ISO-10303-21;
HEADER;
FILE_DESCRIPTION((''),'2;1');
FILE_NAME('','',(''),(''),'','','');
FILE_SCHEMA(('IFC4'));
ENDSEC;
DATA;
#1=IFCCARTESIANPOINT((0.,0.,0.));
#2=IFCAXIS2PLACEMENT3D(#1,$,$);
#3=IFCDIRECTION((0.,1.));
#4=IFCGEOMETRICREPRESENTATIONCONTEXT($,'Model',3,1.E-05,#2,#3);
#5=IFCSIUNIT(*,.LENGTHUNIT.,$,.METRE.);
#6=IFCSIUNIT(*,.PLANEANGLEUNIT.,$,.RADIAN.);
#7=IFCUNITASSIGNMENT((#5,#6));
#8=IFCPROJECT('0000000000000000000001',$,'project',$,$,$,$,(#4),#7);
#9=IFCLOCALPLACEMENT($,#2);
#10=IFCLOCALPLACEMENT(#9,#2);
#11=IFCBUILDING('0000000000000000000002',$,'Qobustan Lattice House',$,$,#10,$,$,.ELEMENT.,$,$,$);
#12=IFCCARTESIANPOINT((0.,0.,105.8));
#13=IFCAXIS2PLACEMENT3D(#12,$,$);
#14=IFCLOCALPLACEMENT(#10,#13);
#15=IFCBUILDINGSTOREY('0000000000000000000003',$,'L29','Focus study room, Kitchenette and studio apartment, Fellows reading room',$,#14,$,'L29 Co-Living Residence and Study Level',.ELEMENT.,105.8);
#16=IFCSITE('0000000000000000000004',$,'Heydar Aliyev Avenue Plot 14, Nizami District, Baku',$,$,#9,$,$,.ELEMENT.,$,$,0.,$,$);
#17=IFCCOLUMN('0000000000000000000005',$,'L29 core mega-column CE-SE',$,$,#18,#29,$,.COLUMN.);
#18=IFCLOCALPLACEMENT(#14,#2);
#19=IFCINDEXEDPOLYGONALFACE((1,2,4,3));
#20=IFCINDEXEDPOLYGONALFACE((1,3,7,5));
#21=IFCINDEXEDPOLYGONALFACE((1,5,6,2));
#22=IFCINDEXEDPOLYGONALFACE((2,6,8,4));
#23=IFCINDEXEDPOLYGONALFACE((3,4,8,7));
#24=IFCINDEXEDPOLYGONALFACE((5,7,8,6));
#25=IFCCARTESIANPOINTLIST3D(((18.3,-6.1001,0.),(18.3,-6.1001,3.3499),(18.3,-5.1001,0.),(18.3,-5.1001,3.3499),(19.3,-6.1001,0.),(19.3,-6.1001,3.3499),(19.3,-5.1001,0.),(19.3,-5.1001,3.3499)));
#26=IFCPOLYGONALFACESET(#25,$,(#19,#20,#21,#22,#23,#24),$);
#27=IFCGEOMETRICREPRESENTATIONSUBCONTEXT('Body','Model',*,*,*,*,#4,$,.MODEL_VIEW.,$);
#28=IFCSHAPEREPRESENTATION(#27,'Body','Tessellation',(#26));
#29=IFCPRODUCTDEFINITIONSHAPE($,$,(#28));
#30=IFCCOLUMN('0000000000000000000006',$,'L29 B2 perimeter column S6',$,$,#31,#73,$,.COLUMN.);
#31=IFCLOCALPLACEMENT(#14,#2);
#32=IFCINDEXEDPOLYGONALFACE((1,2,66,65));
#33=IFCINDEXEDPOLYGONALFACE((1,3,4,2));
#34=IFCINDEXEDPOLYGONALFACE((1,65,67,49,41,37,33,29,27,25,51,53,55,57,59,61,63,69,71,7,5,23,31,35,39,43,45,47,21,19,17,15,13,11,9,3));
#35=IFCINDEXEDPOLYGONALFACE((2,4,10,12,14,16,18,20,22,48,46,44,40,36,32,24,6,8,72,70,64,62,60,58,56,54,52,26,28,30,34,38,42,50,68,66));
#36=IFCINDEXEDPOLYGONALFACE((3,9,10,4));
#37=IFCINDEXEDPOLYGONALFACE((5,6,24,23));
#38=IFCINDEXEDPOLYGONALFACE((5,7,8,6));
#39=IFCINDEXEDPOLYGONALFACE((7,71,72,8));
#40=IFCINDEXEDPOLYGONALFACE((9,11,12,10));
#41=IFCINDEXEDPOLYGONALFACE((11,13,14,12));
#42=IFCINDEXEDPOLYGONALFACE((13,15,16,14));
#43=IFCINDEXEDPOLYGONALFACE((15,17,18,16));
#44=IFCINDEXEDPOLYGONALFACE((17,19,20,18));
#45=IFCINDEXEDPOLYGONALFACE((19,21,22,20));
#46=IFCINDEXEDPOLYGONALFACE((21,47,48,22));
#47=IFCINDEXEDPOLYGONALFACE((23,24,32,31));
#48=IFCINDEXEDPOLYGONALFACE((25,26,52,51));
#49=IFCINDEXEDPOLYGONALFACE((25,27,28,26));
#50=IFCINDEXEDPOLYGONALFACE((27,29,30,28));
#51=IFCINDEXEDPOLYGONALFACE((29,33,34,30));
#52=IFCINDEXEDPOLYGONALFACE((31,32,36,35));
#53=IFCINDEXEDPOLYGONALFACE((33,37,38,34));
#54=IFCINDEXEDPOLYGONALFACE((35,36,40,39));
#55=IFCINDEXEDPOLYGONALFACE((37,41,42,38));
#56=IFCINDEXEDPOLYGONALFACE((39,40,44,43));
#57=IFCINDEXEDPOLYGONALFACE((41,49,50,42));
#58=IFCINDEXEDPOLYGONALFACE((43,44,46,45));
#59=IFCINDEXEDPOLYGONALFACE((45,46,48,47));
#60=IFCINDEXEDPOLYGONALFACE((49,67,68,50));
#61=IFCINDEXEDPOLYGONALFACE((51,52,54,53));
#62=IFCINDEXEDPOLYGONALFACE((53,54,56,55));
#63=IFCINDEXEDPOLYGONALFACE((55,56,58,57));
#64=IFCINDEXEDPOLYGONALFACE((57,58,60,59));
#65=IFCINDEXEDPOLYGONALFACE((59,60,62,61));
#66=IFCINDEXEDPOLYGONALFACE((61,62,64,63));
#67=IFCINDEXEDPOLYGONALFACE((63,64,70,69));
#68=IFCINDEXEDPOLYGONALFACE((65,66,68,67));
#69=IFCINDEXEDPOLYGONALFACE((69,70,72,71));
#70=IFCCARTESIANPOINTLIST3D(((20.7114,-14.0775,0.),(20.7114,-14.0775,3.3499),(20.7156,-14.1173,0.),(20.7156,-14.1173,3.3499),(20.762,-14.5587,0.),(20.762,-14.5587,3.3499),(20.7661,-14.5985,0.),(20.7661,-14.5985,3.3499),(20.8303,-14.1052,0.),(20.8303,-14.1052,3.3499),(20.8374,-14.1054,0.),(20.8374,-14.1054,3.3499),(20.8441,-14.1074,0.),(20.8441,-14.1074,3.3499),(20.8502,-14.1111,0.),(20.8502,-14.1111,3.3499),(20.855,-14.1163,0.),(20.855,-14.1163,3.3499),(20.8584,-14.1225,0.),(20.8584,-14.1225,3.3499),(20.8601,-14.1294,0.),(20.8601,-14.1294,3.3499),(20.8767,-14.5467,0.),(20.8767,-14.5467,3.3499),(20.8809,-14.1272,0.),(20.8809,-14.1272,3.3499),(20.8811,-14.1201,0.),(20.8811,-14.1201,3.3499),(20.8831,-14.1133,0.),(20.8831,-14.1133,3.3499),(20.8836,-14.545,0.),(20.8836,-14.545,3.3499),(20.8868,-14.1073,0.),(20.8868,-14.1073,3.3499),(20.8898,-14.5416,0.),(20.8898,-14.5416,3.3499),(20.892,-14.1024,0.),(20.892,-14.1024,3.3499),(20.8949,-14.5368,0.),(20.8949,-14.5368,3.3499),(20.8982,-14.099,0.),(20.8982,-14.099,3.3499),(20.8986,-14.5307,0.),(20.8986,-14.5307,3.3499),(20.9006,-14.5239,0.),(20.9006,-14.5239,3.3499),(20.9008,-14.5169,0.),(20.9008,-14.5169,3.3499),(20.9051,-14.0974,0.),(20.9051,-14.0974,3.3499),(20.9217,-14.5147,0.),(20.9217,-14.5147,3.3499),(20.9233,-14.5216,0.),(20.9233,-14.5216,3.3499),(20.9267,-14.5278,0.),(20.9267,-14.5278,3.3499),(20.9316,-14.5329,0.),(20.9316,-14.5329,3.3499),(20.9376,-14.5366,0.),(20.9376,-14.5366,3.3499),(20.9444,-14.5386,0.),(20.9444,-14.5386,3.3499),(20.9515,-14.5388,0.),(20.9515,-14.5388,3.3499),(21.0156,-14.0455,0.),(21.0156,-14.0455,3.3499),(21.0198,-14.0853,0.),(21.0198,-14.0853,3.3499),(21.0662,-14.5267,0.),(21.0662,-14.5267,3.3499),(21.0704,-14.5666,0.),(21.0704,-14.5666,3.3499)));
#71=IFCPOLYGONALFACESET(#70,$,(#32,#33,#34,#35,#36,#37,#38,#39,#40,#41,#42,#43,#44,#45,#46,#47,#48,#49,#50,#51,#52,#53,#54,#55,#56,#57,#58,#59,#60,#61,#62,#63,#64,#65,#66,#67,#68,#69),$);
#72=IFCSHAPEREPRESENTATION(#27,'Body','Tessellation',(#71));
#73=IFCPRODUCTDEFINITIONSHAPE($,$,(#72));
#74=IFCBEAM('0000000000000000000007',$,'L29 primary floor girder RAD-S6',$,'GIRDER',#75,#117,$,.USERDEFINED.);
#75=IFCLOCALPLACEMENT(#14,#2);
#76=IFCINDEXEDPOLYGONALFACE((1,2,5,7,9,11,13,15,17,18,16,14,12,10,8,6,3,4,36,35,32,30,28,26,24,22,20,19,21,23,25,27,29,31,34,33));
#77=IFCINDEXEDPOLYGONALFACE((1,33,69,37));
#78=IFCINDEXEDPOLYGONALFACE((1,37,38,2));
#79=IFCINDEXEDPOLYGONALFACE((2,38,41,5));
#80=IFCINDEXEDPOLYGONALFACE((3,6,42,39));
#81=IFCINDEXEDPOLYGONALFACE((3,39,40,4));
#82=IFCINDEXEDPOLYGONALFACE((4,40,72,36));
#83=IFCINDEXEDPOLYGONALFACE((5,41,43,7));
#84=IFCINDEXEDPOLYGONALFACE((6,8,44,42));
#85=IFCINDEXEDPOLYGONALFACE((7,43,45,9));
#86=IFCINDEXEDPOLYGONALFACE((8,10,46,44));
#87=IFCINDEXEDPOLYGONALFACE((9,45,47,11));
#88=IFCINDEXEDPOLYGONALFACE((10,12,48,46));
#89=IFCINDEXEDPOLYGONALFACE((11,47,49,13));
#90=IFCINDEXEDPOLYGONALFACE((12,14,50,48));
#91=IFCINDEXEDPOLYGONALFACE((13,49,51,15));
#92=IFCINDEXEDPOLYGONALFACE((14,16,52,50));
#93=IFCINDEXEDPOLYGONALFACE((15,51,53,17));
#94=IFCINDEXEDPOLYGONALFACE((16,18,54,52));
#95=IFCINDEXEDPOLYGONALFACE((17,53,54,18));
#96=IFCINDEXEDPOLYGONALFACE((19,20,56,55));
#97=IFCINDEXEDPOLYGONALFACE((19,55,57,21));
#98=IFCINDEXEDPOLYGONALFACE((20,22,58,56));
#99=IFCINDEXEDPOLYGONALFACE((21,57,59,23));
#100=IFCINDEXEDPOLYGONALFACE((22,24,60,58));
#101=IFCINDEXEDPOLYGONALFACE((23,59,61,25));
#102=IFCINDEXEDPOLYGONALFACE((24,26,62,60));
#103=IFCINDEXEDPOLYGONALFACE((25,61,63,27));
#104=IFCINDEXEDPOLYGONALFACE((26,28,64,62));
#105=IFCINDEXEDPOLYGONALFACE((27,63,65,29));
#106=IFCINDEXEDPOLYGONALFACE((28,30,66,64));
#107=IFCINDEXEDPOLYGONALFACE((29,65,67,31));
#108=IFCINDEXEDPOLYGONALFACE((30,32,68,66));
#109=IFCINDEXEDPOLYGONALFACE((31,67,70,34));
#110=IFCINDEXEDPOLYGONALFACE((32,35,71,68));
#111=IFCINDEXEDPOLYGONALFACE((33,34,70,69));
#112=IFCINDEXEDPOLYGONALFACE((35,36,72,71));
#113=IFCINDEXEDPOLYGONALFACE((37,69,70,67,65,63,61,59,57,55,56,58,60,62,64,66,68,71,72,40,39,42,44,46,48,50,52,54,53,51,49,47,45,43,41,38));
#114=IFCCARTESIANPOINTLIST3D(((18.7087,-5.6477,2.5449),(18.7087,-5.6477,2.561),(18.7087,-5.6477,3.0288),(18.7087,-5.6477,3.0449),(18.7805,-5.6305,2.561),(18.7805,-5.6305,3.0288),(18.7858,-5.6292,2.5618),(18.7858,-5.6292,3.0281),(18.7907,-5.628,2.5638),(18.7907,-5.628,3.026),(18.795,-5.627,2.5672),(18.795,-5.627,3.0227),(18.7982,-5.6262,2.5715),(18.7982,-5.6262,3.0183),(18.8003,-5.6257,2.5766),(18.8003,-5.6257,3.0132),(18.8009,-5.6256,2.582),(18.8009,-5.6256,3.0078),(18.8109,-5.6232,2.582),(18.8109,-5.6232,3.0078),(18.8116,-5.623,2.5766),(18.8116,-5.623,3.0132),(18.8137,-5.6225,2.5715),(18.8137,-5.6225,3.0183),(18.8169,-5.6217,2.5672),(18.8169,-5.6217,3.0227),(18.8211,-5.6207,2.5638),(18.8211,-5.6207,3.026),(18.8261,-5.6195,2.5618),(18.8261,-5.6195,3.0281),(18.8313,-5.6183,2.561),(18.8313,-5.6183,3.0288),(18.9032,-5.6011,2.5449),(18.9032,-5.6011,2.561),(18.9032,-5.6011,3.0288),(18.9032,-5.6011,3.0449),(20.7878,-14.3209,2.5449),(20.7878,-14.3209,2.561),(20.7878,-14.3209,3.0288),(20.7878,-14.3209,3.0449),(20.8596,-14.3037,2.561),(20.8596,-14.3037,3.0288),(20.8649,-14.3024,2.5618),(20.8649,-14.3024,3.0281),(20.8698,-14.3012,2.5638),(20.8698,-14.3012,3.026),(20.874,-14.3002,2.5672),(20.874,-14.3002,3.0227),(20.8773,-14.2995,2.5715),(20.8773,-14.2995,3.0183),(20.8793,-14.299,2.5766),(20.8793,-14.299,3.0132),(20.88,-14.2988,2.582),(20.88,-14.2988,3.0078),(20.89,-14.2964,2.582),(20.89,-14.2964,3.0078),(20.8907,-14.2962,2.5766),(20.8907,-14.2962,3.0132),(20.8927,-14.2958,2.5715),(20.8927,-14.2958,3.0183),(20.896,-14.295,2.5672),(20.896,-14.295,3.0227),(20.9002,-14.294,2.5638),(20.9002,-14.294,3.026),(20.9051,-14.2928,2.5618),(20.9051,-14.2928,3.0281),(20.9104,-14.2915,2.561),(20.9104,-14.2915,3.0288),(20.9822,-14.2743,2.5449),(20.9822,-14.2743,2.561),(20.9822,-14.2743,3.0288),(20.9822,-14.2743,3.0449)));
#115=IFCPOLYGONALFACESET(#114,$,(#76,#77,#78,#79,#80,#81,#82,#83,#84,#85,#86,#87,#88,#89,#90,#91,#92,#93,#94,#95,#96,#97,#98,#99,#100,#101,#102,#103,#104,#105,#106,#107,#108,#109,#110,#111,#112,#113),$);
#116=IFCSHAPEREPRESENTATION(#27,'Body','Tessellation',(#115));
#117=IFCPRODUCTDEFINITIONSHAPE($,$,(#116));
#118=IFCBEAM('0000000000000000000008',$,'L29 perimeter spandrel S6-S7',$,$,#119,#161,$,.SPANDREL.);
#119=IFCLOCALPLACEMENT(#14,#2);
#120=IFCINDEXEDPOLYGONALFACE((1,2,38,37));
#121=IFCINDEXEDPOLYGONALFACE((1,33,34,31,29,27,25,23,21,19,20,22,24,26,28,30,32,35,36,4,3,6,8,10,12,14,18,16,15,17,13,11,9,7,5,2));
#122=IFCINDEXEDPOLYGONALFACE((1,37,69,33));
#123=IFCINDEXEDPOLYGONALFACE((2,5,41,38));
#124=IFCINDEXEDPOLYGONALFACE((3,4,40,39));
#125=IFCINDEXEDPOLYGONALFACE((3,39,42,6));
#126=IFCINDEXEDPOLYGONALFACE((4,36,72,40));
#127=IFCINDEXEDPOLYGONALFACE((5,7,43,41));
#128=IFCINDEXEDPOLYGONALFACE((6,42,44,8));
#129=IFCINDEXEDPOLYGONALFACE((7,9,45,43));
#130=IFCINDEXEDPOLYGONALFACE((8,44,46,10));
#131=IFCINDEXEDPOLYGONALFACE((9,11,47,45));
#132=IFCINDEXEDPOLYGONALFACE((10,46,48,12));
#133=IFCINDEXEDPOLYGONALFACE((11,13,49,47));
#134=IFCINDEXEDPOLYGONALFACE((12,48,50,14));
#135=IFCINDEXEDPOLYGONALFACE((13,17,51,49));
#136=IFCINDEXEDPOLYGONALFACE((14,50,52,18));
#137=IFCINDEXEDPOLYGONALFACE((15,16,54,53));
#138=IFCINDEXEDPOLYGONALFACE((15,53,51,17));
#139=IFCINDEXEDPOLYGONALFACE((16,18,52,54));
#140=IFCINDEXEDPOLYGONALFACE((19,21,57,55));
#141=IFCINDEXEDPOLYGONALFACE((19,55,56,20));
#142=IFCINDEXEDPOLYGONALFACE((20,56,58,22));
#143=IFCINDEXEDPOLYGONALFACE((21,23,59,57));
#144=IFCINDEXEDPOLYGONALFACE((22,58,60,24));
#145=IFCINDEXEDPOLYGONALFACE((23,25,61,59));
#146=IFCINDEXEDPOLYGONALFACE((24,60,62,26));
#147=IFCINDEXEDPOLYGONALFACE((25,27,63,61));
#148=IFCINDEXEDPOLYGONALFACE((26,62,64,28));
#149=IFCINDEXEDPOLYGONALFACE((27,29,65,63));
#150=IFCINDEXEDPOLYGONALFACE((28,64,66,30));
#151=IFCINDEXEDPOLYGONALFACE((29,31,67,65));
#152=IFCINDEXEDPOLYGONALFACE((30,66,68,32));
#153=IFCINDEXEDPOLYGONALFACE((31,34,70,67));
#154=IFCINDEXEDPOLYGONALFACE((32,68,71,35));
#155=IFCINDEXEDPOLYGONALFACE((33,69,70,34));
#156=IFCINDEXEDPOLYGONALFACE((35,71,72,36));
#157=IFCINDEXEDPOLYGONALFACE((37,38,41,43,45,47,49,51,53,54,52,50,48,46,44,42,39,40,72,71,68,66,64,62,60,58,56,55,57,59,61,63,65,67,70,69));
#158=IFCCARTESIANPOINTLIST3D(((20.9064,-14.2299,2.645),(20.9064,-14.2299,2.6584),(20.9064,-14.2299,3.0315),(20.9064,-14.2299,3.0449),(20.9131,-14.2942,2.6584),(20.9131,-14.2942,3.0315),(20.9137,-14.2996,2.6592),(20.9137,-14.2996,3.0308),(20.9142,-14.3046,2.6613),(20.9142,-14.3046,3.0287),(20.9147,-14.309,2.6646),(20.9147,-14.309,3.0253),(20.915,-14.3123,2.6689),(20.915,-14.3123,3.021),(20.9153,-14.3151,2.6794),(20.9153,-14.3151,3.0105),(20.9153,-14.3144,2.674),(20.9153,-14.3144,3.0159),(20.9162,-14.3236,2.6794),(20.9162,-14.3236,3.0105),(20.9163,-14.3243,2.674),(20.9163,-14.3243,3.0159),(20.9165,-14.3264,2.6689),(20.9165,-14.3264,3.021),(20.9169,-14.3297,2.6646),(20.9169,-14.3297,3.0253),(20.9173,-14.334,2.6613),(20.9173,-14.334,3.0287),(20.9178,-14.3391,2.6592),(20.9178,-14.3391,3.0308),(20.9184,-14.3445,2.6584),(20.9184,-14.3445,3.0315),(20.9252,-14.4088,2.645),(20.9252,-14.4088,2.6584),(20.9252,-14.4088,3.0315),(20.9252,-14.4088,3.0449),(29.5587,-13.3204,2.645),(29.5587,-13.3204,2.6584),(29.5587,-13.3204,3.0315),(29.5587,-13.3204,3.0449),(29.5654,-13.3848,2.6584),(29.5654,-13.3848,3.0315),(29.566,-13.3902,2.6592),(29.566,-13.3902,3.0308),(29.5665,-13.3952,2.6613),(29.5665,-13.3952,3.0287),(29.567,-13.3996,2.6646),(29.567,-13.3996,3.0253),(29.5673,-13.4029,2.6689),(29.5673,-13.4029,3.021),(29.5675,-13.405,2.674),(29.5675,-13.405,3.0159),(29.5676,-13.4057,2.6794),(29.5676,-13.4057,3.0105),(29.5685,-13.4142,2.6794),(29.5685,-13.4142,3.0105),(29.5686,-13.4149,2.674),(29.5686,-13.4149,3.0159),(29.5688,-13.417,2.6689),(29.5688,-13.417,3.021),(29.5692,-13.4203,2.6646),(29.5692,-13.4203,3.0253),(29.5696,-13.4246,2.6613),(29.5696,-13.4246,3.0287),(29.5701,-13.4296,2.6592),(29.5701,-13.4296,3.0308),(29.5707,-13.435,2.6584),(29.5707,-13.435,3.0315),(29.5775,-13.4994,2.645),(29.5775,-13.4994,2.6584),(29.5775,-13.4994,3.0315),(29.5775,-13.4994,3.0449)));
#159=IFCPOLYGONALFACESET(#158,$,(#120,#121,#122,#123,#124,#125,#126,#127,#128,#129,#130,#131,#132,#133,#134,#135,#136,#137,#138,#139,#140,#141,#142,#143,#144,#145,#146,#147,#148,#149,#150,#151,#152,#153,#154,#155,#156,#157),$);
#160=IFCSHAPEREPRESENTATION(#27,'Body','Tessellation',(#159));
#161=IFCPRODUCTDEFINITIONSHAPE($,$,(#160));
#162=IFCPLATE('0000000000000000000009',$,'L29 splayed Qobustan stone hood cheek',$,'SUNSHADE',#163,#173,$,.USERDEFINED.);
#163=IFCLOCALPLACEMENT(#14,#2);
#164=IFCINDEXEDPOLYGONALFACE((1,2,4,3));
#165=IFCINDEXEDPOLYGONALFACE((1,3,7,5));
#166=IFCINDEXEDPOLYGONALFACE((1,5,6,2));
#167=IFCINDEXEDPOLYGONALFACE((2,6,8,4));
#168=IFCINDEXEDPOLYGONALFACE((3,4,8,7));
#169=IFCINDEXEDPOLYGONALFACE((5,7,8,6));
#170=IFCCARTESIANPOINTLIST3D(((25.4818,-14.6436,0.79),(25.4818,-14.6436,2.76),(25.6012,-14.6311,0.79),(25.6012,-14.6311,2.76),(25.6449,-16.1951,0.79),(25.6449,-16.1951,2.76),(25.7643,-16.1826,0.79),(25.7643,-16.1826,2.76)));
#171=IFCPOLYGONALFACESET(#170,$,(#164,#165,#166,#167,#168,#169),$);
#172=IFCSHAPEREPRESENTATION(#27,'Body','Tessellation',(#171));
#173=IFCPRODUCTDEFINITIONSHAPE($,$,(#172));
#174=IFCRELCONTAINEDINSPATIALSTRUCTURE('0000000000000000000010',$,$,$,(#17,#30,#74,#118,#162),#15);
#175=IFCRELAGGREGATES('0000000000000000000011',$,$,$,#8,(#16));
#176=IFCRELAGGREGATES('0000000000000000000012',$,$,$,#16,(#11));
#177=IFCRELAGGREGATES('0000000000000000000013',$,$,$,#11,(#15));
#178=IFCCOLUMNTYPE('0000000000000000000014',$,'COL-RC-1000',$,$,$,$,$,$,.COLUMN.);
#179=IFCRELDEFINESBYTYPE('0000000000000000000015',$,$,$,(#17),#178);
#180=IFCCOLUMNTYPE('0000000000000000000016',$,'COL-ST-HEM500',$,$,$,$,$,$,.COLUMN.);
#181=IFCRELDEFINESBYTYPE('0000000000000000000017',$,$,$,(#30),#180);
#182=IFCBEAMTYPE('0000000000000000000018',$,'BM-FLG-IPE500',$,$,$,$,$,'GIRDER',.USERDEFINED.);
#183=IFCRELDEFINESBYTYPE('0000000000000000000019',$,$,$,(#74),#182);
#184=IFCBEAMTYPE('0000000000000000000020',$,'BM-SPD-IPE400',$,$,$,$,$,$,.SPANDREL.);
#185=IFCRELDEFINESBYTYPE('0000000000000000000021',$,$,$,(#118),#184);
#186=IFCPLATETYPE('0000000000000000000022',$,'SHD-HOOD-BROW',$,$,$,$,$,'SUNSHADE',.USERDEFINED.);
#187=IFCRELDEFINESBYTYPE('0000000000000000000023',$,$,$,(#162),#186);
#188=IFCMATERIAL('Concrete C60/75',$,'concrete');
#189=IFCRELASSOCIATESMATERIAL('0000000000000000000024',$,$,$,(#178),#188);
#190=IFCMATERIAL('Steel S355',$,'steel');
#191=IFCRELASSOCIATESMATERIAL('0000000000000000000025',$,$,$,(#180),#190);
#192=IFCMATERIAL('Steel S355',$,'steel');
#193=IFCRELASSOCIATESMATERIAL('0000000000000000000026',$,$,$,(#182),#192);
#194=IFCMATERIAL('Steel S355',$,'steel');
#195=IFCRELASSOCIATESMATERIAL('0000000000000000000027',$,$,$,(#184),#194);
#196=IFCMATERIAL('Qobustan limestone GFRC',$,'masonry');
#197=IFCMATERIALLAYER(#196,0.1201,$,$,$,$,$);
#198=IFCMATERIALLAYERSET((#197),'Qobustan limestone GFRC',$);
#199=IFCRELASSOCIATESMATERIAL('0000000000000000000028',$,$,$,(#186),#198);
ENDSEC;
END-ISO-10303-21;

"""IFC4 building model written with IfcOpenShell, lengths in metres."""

from ifc_helpers import new_model, si_unit, direction, frame, origin, origin_2d, place, context, subcontext, project, spatial, rectangle, i_section, extrude, material, layer, layer_set, material_profile, profile_set, type_object, element, save


model = new_model("IFC4")

# Units and contexts
model_context = context("Model", 3, precision=1e-05, world=origin(), true_north=direction((0.0, 1.0)))
body_context = subcontext(model_context, "Body", "Model", "MODEL_VIEW")
ifc_project = project(units=[si_unit("LENGTHUNIT", "METRE"), si_unit("PLANEANGLEUNIT", "RADIAN")], contexts=[model_context])

# Site, building, storey
site_placement = place(None, origin())
site = spatial("IfcSite", under=ifc_project, at=site_placement, Name="Heydar Aliyev Avenue Plot 14, Nizami District, Baku", CompositionType="ELEMENT", RefElevation=0.0)
building_placement = place(site_placement, origin())
building = spatial("IfcBuilding", under=site, at=building_placement, Name="Qobustan Lattice House", CompositionType="ELEMENT")
storey_placement = place(building_placement, frame((0.0, 0.0, 105.8)))
storey = spatial("IfcBuildingStorey", under=building, at=storey_placement, Name="L29", Description="Focus study room, Kitchenette and studio apartment, Fellows reading room", LongName="L29 Co-Living Residence and Study Level", CompositionType="ELEMENT", Elevation=105.8)

# Columns
ifc_material_1 = material(Name="Concrete C60/75", Category="concrete")
ifc_material_profile_1 = material_profile(ifc_material_1, rectangle(XDim=1.0, YDim=1.0, at=origin_2d()), Name="RC1000x1000")
ifc_profile_set_1 = profile_set([ifc_material_profile_1], Name="Concrete C60/75")
column_type_1 = type_object("IfcColumnType", Name="COL-RC-1000", PredefinedType="COLUMN", material=ifc_profile_set_1)
column_1_placement = place(storey_placement, frame((18.8, -5.6001, 0.0), z_axis=(0.0, 0.0, 1.0), x_axis=(1.0, 0.0, 0.0)))
element("IfcColumn", 1, at=column_1_placement, inside=storey, type_object=column_type_1, Name="L29 core mega-column CE-SE", PredefinedType="COLUMN", context=body_context, shape_type="SweptSolid", body=[
    extrude(rectangle(XDim=1.0, YDim=1.0, at=origin_2d()), origin(), (0.0, 0.0, 1.0), 3.3499),
])
ifc_material_2 = material(Name="Steel S355", Category="steel")
ifc_material_profile_2 = material_profile(ifc_material_2, i_section(OverallWidth=0.3059, OverallDepth=0.5239, WebThickness=0.021, FlangeThickness=0.04, FilletRadius=0.0271, at=origin_2d()), Name="HEM500")
ifc_profile_set_2 = profile_set([ifc_material_profile_2], Name="Steel S355")
column_type_2 = type_object("IfcColumnType", Name="COL-ST-HEM500", PredefinedType="COLUMN", material=ifc_profile_set_2)
column_2_placement = place(storey_placement, frame((20.8909, -14.322, 0.0), z_axis=(0.0, 0.0, 1.0), x_axis=(0.994522, 0.104528, 0.0)))
element("IfcColumn", 2, at=column_2_placement, inside=storey, type_object=column_type_2, Name="L29 B2 perimeter column S6", PredefinedType="COLUMN", context=body_context, shape_type="SweptSolid", body=[
    extrude(i_section(OverallWidth=0.3059, OverallDepth=0.5239, WebThickness=0.021, FlangeThickness=0.04, FilletRadius=0.0271, at=origin_2d()), origin(), (0.0, 0.0, 1.0), 3.3499),
])

# Beams
ifc_material_3 = material(Name="Steel S355", Category="steel")
ifc_material_profile_3 = material_profile(ifc_material_3, i_section(OverallWidth=0.2, OverallDepth=0.5, WebThickness=0.0103, FlangeThickness=0.0161, FilletRadius=0.021, at=origin_2d()), Name="IPE500")
ifc_profile_set_3 = profile_set([ifc_material_profile_3], Name="Steel S355")
beam_type_1 = type_object("IfcBeamType", Name="BM-FLG-IPE500", ElementType="GIRDER", PredefinedType="USERDEFINED", material=ifc_profile_set_3)
beam_1_placement = place(storey_placement, frame((20.885, -14.2976, 2.7949), z_axis=(-0.233108, 0.972451, 0.0), x_axis=(-0.972451, -0.233108, 0.0)))
element("IfcBeam", 3, at=beam_1_placement, inside=storey, type_object=beam_type_1, Name="L29 primary floor girder RAD-S6", ObjectType="GIRDER", PredefinedType="USERDEFINED", context=body_context, shape_type="SweptSolid", body=[
    extrude(i_section(OverallWidth=0.2, OverallDepth=0.5, WebThickness=0.0103, FlangeThickness=0.0161, FilletRadius=0.021, at=origin_2d()), origin(), (0.0, 0.0, 1.0), 8.9189),
])
ifc_material_4 = material(Name="Steel S355", Category="steel")
ifc_material_profile_4 = material_profile(ifc_material_4, i_section(OverallWidth=0.1799, OverallDepth=0.3999, WebThickness=0.0085, FlangeThickness=0.0134, FilletRadius=0.021, at=origin_2d()), Name="IPE400")
ifc_profile_set_4 = profile_set([ifc_material_profile_4], Name="Steel S355")
beam_type_2 = type_object("IfcBeamType", Name="BM-SPD-IPE400", PredefinedType="SPANDREL", material=ifc_profile_set_4)
beam_2_placement = place(storey_placement, frame((20.9158, -14.3193, 2.845), z_axis=(0.994522, 0.104531, 0.0), x_axis=(-0.104531, 0.994522, 0.0)))
element("IfcBeam", 4, at=beam_2_placement, inside=storey, type_object=beam_type_2, Name="L29 perimeter spandrel S6-S7", PredefinedType="SPANDREL", context=body_context, shape_type="SweptSolid", body=[
    extrude(i_section(OverallWidth=0.1799, OverallDepth=0.3999, WebThickness=0.0085, FlangeThickness=0.0134, FilletRadius=0.021, at=origin_2d()), origin(), (0.0, 0.0, 1.0), 8.7),
])

# Plate
ifc_material_5 = material(Name="Qobustan limestone GFRC", Category="masonry")
ifc_layer_1 = layer(ifc_material_5, 0.1201)
ifc_layer_set_1 = layer_set([ifc_layer_1], Name="Qobustan limestone GFRC")
plate_type = type_object("IfcPlateType", Name="SHD-HOOD-BROW", ElementType="SUNSHADE", PredefinedType="USERDEFINED", material=ifc_layer_set_1)
plate_placement = place(storey_placement, frame((25.623, -15.4131, 0.79), z_axis=(0.0, 0.0, 1.0), x_axis=(-0.994522, -0.104528, 0.0)))
element("IfcPlate", 5, at=plate_placement, inside=storey, type_object=plate_type, Name="L29 splayed Qobustan stone hood cheek", ObjectType="SUNSHADE", PredefinedType="USERDEFINED", context=body_context, shape_type="SweptSolid", body=[
    extrude(rectangle(XDim=0.1201, YDim=1.5601, at=origin_2d()), origin(), (0.0, 0.0, 1.0), 1.97),
])

save(model, "model.ifc")
